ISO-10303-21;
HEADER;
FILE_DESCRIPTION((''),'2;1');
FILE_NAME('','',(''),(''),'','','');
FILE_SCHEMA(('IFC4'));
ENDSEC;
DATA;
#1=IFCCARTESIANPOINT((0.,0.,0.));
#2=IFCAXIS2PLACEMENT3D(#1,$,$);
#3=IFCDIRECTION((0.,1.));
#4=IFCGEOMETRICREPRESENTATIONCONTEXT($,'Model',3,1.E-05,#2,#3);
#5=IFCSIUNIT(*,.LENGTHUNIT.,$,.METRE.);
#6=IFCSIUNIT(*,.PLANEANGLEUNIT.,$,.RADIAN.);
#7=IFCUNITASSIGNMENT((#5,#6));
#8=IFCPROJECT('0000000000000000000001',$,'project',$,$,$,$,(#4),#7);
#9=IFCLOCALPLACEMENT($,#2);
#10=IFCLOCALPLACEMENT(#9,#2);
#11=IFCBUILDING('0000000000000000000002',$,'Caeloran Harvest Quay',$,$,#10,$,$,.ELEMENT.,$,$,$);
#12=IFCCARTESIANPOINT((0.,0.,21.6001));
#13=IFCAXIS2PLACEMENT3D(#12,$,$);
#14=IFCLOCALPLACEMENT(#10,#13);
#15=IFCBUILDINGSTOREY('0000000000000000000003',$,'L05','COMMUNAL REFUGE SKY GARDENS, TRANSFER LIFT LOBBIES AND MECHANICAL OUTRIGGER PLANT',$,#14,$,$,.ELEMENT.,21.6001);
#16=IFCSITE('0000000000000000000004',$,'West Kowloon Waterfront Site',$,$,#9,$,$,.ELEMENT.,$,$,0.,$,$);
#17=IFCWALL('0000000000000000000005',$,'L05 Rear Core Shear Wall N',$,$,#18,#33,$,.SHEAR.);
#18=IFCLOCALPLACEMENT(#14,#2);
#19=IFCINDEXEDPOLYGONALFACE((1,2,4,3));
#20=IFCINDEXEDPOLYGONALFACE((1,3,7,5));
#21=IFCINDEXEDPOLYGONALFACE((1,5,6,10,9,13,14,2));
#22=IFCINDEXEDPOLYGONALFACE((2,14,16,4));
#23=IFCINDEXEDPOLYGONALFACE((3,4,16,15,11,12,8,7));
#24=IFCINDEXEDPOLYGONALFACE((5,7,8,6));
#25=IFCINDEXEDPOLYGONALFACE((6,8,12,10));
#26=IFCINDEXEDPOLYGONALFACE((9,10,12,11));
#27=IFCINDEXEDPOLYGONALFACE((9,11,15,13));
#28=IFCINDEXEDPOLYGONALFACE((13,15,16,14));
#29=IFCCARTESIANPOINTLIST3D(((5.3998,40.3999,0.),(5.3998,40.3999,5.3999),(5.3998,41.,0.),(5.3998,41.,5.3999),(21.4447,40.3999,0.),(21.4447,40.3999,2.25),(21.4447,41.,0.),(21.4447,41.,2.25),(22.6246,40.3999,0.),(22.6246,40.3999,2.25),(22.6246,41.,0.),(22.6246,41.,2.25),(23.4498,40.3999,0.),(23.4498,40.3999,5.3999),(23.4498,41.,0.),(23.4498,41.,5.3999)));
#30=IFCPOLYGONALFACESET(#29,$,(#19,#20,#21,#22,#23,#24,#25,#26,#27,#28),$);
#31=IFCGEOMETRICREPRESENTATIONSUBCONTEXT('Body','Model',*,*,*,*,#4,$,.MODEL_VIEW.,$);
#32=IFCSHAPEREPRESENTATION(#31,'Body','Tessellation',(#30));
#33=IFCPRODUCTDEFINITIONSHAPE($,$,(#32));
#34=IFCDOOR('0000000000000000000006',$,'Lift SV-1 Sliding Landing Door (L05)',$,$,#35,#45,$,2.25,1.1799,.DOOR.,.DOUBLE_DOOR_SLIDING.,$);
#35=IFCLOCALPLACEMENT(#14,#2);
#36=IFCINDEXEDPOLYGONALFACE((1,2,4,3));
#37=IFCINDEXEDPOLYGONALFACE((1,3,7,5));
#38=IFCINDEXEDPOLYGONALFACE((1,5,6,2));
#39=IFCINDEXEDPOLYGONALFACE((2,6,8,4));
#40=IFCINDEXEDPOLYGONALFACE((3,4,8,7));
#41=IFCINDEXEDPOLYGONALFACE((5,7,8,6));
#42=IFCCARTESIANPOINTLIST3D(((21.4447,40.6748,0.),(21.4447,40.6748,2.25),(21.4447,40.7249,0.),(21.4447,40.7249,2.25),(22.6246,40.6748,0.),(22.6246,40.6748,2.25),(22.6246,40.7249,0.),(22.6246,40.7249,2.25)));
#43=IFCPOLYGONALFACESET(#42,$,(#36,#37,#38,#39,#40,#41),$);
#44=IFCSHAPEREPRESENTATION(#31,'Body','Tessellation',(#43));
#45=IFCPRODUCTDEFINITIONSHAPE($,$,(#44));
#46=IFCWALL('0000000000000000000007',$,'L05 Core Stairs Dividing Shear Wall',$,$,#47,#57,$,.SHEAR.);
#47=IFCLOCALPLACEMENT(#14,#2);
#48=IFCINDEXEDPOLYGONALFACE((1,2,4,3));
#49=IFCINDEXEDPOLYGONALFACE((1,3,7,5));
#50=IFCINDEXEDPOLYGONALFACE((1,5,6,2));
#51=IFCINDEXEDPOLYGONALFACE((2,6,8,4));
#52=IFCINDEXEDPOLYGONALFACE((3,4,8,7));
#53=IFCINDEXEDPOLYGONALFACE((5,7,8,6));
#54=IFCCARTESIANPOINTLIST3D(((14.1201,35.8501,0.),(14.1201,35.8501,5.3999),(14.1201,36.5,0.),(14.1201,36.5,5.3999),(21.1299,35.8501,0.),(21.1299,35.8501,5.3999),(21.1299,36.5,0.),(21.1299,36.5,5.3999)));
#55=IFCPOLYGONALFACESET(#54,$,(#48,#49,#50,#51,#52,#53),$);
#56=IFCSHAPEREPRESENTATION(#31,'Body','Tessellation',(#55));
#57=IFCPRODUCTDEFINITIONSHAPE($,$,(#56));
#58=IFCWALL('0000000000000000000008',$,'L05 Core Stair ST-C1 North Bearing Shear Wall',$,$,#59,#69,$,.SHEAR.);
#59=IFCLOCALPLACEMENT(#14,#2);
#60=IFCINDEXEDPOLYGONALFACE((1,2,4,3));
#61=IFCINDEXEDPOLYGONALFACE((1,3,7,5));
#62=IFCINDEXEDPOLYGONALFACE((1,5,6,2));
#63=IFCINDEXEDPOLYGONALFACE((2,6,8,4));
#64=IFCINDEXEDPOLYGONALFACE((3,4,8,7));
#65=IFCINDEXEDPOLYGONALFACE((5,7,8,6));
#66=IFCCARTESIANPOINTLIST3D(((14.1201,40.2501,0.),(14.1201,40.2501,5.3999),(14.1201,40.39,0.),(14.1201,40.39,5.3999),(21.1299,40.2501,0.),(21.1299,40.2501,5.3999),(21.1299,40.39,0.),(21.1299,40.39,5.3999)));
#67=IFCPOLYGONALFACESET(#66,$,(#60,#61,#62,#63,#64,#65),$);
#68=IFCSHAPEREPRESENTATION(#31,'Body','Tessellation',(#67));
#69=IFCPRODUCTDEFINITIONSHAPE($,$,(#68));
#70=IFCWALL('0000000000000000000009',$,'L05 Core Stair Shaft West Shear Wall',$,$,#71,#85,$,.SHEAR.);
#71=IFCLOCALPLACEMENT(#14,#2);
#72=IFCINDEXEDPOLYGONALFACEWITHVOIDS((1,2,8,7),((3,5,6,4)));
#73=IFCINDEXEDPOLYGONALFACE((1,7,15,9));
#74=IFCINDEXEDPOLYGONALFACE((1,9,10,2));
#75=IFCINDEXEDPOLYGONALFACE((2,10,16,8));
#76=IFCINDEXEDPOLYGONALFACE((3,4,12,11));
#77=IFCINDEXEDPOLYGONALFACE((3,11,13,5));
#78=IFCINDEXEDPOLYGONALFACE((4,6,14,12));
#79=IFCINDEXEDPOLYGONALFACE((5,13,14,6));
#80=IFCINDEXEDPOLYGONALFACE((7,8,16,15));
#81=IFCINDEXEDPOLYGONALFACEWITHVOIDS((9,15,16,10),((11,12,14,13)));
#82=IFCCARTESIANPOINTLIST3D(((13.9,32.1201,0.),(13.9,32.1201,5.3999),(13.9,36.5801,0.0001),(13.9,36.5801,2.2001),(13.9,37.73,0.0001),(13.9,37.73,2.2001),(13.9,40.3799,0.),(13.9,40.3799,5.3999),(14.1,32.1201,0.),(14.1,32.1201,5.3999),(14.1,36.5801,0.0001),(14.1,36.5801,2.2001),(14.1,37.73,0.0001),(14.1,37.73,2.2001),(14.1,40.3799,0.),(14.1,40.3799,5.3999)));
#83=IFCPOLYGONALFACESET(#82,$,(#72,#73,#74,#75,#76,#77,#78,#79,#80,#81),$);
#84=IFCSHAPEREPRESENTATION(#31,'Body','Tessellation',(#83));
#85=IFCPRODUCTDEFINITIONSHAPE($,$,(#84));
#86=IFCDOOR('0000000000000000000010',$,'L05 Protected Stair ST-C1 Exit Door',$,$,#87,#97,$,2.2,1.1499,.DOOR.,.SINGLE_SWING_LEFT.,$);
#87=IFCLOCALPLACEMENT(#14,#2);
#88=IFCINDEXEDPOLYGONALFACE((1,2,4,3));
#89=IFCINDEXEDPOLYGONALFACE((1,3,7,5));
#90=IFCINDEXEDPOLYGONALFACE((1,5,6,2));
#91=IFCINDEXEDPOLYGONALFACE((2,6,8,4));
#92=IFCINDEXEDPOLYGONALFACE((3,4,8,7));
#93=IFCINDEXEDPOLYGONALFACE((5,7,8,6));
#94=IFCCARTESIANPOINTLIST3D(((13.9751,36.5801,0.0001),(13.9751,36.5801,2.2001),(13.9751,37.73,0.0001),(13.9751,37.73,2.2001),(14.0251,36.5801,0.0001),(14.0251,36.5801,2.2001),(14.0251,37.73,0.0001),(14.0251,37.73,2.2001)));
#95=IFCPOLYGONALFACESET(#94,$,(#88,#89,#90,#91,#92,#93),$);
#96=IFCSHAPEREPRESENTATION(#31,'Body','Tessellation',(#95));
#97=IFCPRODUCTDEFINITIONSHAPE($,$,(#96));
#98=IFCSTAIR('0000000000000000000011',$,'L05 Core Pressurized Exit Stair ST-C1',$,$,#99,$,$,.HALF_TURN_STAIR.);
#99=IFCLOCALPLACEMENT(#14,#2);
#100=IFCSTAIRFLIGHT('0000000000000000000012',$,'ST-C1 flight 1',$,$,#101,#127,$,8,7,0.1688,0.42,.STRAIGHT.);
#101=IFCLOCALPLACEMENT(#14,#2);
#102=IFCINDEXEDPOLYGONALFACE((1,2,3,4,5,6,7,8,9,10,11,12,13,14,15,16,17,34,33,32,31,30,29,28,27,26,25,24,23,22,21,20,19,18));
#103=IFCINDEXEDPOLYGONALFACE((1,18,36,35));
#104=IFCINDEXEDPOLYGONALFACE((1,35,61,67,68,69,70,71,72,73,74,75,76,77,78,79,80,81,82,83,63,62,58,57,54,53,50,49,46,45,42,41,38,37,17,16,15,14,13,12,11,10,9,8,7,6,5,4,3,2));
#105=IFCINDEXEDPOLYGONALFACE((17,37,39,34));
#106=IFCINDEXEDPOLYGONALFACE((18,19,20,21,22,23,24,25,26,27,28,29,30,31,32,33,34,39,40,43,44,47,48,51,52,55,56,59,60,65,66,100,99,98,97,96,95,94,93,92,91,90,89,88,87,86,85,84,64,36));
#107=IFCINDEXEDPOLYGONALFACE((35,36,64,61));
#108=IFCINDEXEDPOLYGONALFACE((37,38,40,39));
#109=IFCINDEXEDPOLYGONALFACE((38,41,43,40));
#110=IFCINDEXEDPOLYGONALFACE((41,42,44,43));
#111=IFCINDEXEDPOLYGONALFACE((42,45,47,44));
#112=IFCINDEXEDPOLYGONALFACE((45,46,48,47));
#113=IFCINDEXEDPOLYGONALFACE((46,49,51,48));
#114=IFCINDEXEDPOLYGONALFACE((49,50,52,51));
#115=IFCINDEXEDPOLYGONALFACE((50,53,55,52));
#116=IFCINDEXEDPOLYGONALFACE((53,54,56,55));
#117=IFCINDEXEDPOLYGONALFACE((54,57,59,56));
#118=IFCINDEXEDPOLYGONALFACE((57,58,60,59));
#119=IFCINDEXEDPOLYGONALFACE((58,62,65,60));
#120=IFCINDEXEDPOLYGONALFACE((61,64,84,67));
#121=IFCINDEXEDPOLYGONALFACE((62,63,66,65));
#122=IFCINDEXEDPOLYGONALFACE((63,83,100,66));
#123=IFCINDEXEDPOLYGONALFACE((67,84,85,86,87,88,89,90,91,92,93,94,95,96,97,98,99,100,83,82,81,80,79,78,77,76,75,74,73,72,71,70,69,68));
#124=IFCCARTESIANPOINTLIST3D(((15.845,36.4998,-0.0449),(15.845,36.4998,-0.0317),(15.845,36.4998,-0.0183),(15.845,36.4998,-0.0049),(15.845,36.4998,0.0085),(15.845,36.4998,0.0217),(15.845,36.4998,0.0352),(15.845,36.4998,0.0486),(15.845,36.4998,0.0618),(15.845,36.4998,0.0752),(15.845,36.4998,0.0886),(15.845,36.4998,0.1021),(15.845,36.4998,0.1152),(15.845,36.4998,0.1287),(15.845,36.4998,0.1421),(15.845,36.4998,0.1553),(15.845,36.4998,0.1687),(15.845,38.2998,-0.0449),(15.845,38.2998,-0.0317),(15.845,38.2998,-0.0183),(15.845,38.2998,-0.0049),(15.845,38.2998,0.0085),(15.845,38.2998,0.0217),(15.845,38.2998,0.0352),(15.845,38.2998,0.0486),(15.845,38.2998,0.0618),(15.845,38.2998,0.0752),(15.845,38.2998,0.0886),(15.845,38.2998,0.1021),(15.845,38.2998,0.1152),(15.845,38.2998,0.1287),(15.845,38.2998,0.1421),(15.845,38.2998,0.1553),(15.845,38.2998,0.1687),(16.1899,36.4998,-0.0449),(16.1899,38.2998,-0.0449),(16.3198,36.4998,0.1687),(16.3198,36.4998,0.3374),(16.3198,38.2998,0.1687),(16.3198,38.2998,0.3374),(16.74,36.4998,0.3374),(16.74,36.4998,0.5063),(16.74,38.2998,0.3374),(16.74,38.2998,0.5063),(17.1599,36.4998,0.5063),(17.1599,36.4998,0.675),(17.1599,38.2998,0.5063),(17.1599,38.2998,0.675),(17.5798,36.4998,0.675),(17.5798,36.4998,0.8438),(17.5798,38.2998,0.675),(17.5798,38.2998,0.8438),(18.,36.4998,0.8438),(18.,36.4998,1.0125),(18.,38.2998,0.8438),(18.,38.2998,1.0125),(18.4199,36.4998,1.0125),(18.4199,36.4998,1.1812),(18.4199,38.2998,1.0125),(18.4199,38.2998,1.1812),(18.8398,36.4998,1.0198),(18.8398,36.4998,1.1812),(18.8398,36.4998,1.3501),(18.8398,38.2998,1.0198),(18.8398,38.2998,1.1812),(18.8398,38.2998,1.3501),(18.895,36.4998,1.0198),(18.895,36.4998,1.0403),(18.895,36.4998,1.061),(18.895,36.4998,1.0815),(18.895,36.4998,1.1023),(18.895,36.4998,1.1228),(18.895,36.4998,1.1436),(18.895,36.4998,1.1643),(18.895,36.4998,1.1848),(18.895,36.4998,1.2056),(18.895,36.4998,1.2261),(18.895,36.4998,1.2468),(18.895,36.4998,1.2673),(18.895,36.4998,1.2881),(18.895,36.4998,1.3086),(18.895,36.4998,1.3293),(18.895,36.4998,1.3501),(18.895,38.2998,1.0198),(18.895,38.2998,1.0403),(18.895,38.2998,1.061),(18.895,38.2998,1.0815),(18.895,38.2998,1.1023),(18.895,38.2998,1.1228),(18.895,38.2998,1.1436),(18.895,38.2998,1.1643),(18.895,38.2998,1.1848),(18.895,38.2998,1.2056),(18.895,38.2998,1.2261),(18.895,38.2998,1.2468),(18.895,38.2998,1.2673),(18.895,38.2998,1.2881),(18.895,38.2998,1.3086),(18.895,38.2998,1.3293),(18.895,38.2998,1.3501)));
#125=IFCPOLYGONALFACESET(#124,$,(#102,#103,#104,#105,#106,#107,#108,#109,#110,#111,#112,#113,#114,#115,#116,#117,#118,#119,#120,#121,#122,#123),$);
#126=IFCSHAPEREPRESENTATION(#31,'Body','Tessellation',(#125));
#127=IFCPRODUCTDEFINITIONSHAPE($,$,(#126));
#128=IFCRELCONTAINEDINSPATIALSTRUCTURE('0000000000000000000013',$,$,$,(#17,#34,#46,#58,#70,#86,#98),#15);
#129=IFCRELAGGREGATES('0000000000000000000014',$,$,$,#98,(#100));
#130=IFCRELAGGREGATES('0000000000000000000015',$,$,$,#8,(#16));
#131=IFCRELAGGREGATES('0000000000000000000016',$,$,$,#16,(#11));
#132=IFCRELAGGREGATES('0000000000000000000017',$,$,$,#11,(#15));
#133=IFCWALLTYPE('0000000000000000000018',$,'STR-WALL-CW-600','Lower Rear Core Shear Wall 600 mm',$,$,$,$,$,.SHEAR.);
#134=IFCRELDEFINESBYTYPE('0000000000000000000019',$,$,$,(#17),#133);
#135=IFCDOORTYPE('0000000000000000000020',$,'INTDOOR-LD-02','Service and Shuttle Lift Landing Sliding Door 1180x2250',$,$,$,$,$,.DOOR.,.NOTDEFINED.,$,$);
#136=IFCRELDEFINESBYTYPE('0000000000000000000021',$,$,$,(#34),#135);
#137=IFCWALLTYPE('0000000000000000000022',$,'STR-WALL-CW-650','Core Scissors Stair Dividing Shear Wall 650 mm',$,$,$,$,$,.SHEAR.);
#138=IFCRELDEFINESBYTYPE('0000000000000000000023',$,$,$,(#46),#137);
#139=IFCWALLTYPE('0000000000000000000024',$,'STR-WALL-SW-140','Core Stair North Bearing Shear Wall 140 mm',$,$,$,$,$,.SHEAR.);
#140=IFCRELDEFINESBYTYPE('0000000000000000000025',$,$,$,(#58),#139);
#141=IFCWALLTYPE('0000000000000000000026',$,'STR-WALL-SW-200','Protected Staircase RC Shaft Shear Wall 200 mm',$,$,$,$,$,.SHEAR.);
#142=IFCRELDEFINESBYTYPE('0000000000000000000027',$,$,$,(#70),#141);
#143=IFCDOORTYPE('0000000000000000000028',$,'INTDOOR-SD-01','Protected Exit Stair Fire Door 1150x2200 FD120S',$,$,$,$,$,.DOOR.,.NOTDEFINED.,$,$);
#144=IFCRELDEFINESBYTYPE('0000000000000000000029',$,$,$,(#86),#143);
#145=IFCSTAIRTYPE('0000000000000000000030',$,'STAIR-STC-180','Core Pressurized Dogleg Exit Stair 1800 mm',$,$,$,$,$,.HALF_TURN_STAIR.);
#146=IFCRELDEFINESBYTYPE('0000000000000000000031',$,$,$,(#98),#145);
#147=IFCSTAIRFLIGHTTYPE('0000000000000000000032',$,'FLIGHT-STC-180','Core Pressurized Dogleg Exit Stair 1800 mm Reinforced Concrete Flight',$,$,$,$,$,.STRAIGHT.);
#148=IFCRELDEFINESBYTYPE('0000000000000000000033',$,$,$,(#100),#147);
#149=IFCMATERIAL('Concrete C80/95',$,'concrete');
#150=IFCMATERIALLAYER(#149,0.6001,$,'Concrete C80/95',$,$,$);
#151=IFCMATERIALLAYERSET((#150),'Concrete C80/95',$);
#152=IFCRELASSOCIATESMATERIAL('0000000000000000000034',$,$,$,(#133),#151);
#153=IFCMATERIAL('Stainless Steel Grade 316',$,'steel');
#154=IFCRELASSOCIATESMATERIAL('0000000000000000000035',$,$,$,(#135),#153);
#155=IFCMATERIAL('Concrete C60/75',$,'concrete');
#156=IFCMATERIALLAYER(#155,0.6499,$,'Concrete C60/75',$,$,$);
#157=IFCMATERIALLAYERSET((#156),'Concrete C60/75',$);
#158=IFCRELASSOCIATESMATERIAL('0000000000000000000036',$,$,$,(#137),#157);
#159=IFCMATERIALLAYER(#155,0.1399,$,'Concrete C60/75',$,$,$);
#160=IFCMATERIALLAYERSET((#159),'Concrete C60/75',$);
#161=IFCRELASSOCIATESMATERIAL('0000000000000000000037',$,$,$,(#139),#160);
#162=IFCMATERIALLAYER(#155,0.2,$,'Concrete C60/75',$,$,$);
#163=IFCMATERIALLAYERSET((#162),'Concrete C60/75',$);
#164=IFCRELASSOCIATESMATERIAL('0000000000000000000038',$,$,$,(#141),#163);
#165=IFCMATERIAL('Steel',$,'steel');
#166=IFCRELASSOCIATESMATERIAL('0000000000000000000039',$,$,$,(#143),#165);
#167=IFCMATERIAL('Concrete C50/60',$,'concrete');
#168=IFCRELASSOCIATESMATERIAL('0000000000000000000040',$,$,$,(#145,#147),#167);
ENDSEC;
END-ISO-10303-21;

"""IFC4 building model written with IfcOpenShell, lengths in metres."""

from ifc_helpers import new_model, si_unit, direction, frame, frame_2d, origin, place, context, subcontext, project, spatial, polyline, rectangle, outline, extrude, material, layer, layer_set, type_object, element, fill, aggregate, save


model = new_model("IFC4")

# Units and contexts
model_context = context("Model", 3, precision=1e-05, world=origin(), true_north=direction((0.0, 1.0)))
body_context = subcontext(model_context, "Body", "Model", "MODEL_VIEW")
ifc_project = project(units=[si_unit("LENGTHUNIT", "METRE"), si_unit("PLANEANGLEUNIT", "RADIAN")], contexts=[model_context])

# Site, building, storey
site_placement = place(None, origin())
site = spatial("IfcSite", under=ifc_project, at=site_placement, Name="West Kowloon Waterfront Site", CompositionType="ELEMENT", RefElevation=0.0)
building_placement = place(site_placement, origin())
building = spatial("IfcBuilding", under=site, at=building_placement, Name="Caeloran Harvest Quay", CompositionType="ELEMENT")
storey_placement = place(building_placement, frame((0.0, 0.0, 21.6001)))
storey = spatial("IfcBuildingStorey", under=building, at=storey_placement, Name="L05", Description="COMMUNAL REFUGE SKY GARDENS, TRANSFER LIFT LOBBIES AND MECHANICAL OUTRIGGER PLANT", CompositionType="ELEMENT", Elevation=21.6001)

# Shared definitions
ifc_material_1 = material(Name="Concrete C50/60", Category="concrete")

# Shared definitions
ifc_material_2 = material(Name="Stainless Steel Grade 316", Category="steel")

# Wall, opening, door
ifc_material_3 = material(Name="Steel", Category="steel")
ifc_material_4 = material(Name="Concrete C80/95", Category="concrete")
ifc_layer_1 = layer(ifc_material_4, 0.6001, Name="Concrete C80/95")
ifc_layer_set_1 = layer_set([ifc_layer_1], Name="Concrete C80/95")
wall_type_1 = type_object("IfcWallType", Name="STR-WALL-CW-600", Description="Lower Rear Core Shear Wall 600 mm", PredefinedType="SHEAR", material=ifc_layer_set_1)
wall_1_placement = place(storey_placement, frame((5.3999, 40.7, 0.0), z_axis=(0.0, 0.0, 1.0), x_axis=(1.0, 0.0, 0.0)))
wall_1 = element("IfcWall", 1, at=wall_1_placement, inside=storey, type_object=wall_type_1, Name="L05 Rear Core Shear Wall N", PredefinedType="SHEAR", context=body_context, shape_type="SweptSolid", body=[
    extrude(rectangle(XDim=18.05, YDim=0.6001, at=frame_2d((9.0249, 0.0))), origin(), (0.0, 0.0, 1.0), 5.3999),
])
opening_1_placement = place(wall_1_placement, frame((16.0449, 0.0, 0.0)))
opening_1 = element("IfcOpeningElement", 2, at=opening_1_placement, cuts=wall_1, PredefinedType="OPENING", context=body_context, shape_type="SweptSolid", body=[
    extrude(rectangle(XDim=1.1799, YDim=2.25, at=frame_2d((0.5898, 1.125))), frame((0.0, 0.3101, 0.0), z_axis=(0.0, -1.0, 0.0), x_axis=(1.0, 0.0, 0.0)), (0.0, 0.0, 1.0), 0.6201),
])
door_type_1 = type_object("IfcDoorType", Name="INTDOOR-LD-02", Description="Service and Shuttle Lift Landing Sliding Door 1180x2250", OperationType="NOTDEFINED", PredefinedType="DOOR", material=ifc_material_2)
door_1_placement = place(opening_1_placement, origin())
door_1 = element("IfcDoor", 3, at=door_1_placement, inside=storey, type_object=door_type_1, Name="Lift SV-1 Sliding Landing Door (L05)", OperationType="DOUBLE_DOOR_SLIDING", OverallHeight=2.25, OverallWidth=1.1799, PredefinedType="DOOR", context=body_context, shape_type="SweptSolid", body=[
    extrude(rectangle(XDim=1.1799, YDim=2.25, at=frame_2d((0.5898, 1.125))), frame((0.0, 0.0249, 0.0), z_axis=(0.0, -1.0, 0.0), x_axis=(1.0, 0.0, 0.0)), (0.0, 0.0, 1.0), 0.05),
])
fill(opening_1, door_1)

# Walls
ifc_material_5 = material(Name="Concrete C60/75", Category="concrete")
ifc_layer_2 = layer(ifc_material_5, 0.6499, Name="Concrete C60/75")
ifc_layer_set_2 = layer_set([ifc_layer_2], Name="Concrete C60/75")
wall_type_2 = type_object("IfcWallType", Name="STR-WALL-CW-650", Description="Core Scissors Stair Dividing Shear Wall 650 mm", PredefinedType="SHEAR", material=ifc_layer_set_2)
wall_2_placement = place(storey_placement, frame((14.1201, 36.175, 0.0), z_axis=(0.0, 0.0, 1.0), x_axis=(1.0, 0.0, 0.0)))
element("IfcWall", 4, at=wall_2_placement, inside=storey, type_object=wall_type_2, Name="L05 Core Stairs Dividing Shear Wall", PredefinedType="SHEAR", context=body_context, shape_type="SweptSolid", body=[
    extrude(rectangle(XDim=7.0098, YDim=0.6499, at=frame_2d((3.5049, 0.0))), origin(), (0.0, 0.0, 1.0), 5.3999),
])
ifc_layer_3 = layer(ifc_material_5, 0.1399, Name="Concrete C60/75")
ifc_layer_set_3 = layer_set([ifc_layer_3], Name="Concrete C60/75")
wall_type_3 = type_object("IfcWallType", Name="STR-WALL-SW-140", Description="Core Stair North Bearing Shear Wall 140 mm", PredefinedType="SHEAR", material=ifc_layer_set_3)
wall_3_placement = place(storey_placement, frame((14.1201, 40.3201, 0.0), z_axis=(0.0, 0.0, 1.0), x_axis=(1.0, 0.0, 0.0)))
element("IfcWall", 5, at=wall_3_placement, inside=storey, type_object=wall_type_3, Name="L05 Core Stair ST-C1 North Bearing Shear Wall", PredefinedType="SHEAR", context=body_context, shape_type="SweptSolid", body=[
    extrude(rectangle(XDim=7.0098, YDim=0.1399, at=frame_2d((3.5049, 0.0))), origin(), (0.0, 0.0, 1.0), 5.3999),
])

# Wall, opening, door
ifc_layer_4 = layer(ifc_material_5, 0.2, Name="Concrete C60/75")
ifc_layer_set_4 = layer_set([ifc_layer_4], Name="Concrete C60/75")
wall_type_4 = type_object("IfcWallType", Name="STR-WALL-SW-200", Description="Protected Staircase RC Shaft Shear Wall 200 mm", PredefinedType="SHEAR", material=ifc_layer_set_4)
wall_4_placement = place(storey_placement, frame((14.0, 32.1201, 0.0), z_axis=(0.0, 0.0, 1.0), x_axis=(0.0, 1.0, 0.0)))
wall_4 = element("IfcWall", 6, at=wall_4_placement, inside=storey, type_object=wall_type_4, Name="L05 Core Stair Shaft West Shear Wall", PredefinedType="SHEAR", context=body_context, shape_type="SweptSolid", body=[
    extrude(rectangle(XDim=8.2598, YDim=0.2, at=frame_2d((4.1299, 0.0))), origin(), (0.0, 0.0, 1.0), 5.3999),
])
opening_2_placement = place(wall_4_placement, frame((4.46, 0.0, 0.0)))
opening_2 = element("IfcOpeningElement", 7, at=opening_2_placement, cuts=wall_4, PredefinedType="OPENING", context=body_context, shape_type="SweptSolid", body=[
    extrude(rectangle(XDim=1.1499, YDim=2.2, at=frame_2d((0.575, 1.1001))), frame((0.0, 0.1099, 0.0), z_axis=(0.0, -1.0, 0.0), x_axis=(1.0, 0.0, 0.0)), (0.0, 0.0, 1.0), 0.22),
])
door_type_2 = type_object("IfcDoorType", Name="INTDOOR-SD-01", Description="Protected Exit Stair Fire Door 1150x2200 FD120S", OperationType="NOTDEFINED", PredefinedType="DOOR", material=ifc_material_3)
door_2_placement = place(opening_2_placement, origin())
door_2 = element("IfcDoor", 8, at=door_2_placement, inside=storey, type_object=door_type_2, Name="L05 Protected Stair ST-C1 Exit Door", OperationType="SINGLE_SWING_LEFT", OverallHeight=2.2, OverallWidth=1.1499, PredefinedType="DOOR", context=body_context, shape_type="SweptSolid", body=[
    extrude(rectangle(XDim=1.1499, YDim=2.2, at=frame_2d((0.575, 1.1001))), frame((0.0, 0.0249, 0.0), z_axis=(0.0, -1.0, 0.0), x_axis=(1.0, 0.0, 0.0)), (0.0, 0.0, 1.0), 0.05),
])
fill(opening_2, door_2)

# Stair, stair flight
stair_type = type_object("IfcStairType", Name="STAIR-STC-180", Description="Core Pressurized Dogleg Exit Stair 1800 mm", PredefinedType="HALF_TURN_STAIR", material=ifc_material_1)
stair_1_placement = place(storey_placement, origin())
stair_1 = element("IfcStair", 9, at=stair_1_placement, inside=storey, type_object=stair_type, Name="L05 Core Pressurized Exit Stair ST-C1", PredefinedType="HALF_TURN_STAIR")
stair_flight_type = type_object("IfcStairFlightType", Name="FLIGHT-STC-180", Description="Core Pressurized Dogleg Exit Stair 1800 mm Reinforced Concrete Flight", PredefinedType="STRAIGHT", material=ifc_material_1)
stair_flight_1_placement = place(storey_placement, frame((15.8999, 37.3999, 0.0), z_axis=(0.0, 0.0, 1.0), x_axis=(1.0, 0.0, 0.0)))
stair_flight_1 = element("IfcStairFlight", 10, at=stair_flight_1_placement, type_object=stair_flight_type, Name="ST-C1 flight 1", NumberOfRisers=8, NumberOfTreads=7, PredefinedType="STRAIGHT", RiserHeight=0.1688, TreadLength=0.42, context=body_context, shape_type="SweptSolid", body=[
    extrude(outline(polyline([(-0.0549, -0.0449), (-0.0549, -0.0317), (-0.0549, -0.0183), (-0.0549, -0.0049), (-0.0549, 0.0085), (-0.0549, 0.0217), (-0.0549, 0.0352), (-0.0549, 0.0486), (-0.0549, 0.0618), (-0.0549, 0.0752), (-0.0549, 0.0886), (-0.0549, 0.1021), (-0.0549, 0.1152), (-0.0549, 0.1287), (-0.0549, 0.1421), (-0.0549, 0.1553), (-0.0549, 0.1687), (0.4199, 0.1687), (0.4199, 0.3374), (0.8401, 0.3374), (0.8401, 0.5063), (1.26, 0.5063), (1.26, 0.675), (1.6799, 0.675), (1.6799, 0.8438), (2.1001, 0.8438), (2.1001, 1.0125), (2.52, 1.0125), (2.52, 1.1812), (2.9399, 1.1812), (2.9399, 1.3501), (2.9951, 1.3501), (2.9951, 1.3293), (2.9951, 1.3086), (2.9951, 1.2881), (2.9951, 1.2673), (2.9951, 1.2468), (2.9951, 1.2261), (2.9951, 1.2056), (2.9951, 1.1848), (2.9951, 1.1643), (2.9951, 1.1436), (2.9951, 1.1228), (2.9951, 1.1023), (2.9951, 1.0815), (2.9951, 1.061), (2.9951, 1.0403), (2.9951, 1.0198), (2.9399, 1.0198), (0.29, -0.0449), (-0.0549, -0.0449)])), frame((0.0, 0.8999, 0.0), z_axis=(0.0, -1.0, 0.0), x_axis=(1.0, 0.0, 0.0)), (0.0, 0.0, 1.0), 1.8),
])
aggregate(stair_1, [stair_flight_1])

save(model, "model.ifc")
